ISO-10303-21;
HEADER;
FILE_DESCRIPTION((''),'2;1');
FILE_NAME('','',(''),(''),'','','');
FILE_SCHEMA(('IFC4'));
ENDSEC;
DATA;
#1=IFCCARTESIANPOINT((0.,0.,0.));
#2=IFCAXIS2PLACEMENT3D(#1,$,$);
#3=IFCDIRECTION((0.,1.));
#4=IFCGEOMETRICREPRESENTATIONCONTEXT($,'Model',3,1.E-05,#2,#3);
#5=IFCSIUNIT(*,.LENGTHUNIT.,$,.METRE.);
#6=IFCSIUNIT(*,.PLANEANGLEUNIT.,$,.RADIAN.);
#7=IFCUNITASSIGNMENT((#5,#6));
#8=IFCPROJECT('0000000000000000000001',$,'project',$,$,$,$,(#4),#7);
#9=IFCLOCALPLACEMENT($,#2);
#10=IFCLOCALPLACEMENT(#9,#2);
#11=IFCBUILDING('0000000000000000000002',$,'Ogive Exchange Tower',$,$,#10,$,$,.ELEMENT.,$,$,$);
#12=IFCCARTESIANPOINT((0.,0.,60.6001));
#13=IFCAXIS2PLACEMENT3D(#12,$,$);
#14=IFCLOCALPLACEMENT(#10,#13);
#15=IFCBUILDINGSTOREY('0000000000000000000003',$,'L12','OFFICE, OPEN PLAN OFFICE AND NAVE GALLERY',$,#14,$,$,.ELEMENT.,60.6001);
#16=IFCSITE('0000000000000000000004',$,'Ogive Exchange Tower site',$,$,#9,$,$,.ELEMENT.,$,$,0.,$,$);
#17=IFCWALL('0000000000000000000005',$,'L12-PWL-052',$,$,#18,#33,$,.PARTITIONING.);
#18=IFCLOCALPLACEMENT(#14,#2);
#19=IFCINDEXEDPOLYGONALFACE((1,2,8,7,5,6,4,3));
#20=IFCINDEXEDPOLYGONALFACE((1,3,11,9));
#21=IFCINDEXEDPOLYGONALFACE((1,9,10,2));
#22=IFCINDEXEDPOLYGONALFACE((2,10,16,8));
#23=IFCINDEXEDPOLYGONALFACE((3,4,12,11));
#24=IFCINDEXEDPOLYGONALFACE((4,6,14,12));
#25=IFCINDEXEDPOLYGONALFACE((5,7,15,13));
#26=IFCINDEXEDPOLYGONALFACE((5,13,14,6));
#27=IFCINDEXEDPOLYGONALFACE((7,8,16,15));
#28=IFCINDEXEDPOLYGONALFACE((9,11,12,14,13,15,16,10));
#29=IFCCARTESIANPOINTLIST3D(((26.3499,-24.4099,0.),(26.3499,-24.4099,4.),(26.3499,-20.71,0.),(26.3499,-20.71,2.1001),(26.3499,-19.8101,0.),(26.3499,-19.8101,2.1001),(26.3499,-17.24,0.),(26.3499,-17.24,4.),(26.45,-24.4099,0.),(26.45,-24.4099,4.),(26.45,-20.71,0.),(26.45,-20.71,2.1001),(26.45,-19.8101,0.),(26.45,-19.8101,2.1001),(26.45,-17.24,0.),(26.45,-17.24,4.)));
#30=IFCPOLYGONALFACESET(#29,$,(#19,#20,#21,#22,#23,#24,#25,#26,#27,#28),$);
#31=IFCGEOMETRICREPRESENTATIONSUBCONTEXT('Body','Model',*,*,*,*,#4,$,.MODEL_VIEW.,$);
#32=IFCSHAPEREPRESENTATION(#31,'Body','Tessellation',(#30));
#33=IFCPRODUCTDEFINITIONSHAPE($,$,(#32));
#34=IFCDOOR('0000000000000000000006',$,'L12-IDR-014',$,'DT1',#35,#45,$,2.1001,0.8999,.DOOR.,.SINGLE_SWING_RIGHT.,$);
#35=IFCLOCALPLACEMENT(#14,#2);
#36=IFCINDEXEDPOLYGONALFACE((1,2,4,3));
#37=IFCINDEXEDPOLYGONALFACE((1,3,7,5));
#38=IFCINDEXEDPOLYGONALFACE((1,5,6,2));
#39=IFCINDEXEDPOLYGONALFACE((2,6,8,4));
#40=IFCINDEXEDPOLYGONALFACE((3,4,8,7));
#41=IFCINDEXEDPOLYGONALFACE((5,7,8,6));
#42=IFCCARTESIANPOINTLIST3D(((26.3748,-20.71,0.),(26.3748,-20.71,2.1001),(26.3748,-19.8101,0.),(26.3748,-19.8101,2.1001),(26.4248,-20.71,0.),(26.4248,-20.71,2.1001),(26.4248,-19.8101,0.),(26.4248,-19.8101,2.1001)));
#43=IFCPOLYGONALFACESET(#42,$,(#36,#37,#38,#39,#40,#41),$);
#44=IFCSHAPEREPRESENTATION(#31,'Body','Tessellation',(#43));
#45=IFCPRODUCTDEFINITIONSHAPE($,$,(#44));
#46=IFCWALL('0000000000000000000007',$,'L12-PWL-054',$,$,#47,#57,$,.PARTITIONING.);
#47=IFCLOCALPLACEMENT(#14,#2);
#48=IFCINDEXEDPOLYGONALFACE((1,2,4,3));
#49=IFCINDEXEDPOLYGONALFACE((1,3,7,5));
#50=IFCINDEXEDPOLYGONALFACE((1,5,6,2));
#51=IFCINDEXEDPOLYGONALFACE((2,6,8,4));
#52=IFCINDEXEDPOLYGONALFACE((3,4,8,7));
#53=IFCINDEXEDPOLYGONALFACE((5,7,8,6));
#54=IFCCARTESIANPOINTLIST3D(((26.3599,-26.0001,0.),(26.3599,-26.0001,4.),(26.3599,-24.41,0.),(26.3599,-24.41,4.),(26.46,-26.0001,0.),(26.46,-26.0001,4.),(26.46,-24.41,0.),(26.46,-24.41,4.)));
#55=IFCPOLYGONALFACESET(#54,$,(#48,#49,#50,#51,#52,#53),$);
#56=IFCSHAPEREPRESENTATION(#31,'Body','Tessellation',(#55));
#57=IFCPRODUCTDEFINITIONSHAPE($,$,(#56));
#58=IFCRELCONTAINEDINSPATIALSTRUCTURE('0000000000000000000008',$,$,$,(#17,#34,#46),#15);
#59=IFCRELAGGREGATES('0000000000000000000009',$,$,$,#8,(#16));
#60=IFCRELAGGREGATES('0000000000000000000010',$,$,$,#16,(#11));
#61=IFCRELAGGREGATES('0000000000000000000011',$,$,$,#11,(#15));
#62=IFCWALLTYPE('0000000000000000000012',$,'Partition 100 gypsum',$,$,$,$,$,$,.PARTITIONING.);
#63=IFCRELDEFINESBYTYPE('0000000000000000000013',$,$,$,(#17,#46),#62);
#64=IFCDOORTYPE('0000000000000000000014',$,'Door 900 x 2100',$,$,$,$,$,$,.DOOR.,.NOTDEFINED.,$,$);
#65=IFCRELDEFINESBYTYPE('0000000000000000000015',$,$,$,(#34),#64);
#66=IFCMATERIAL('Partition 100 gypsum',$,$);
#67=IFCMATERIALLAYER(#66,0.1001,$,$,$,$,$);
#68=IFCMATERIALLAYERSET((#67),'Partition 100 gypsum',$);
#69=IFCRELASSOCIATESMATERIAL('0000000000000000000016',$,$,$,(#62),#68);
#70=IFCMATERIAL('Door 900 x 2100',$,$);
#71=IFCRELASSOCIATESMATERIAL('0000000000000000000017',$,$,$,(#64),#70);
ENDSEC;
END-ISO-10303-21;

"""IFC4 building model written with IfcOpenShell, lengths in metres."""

from ifc_helpers import new_model, si_unit, direction, frame, frame_2d, origin, place, context, subcontext, project, spatial, rectangle, extrude, material, layer, layer_set, type_object, element, fill, save


model = new_model("IFC4")

# Units and contexts
model_context = context("Model", 3, precision=1e-05, world=origin(), true_north=direction((0.0, 1.0)))
body_context = subcontext(model_context, "Body", "Model", "MODEL_VIEW")
ifc_project = project(units=[si_unit("LENGTHUNIT", "METRE"), si_unit("PLANEANGLEUNIT", "RADIAN")], contexts=[model_context])

# Site, building, storey
site_placement = place(None, origin())
site = spatial("IfcSite", under=ifc_project, at=site_placement, Name="Ogive Exchange Tower site", CompositionType="ELEMENT", RefElevation=0.0)
building_placement = place(site_placement, origin())
building = spatial("IfcBuilding", under=site, at=building_placement, Name="Ogive Exchange Tower", CompositionType="ELEMENT")
storey_placement = place(building_placement, frame((0.0, 0.0, 60.6001)))
storey = spatial("IfcBuildingStorey", under=building, at=storey_placement, Name="L12", Description="OFFICE, OPEN PLAN OFFICE AND NAVE GALLERY", CompositionType="ELEMENT", Elevation=60.6001)

# Wall, opening, door
ifc_material_1 = material(Name="Partition 100 gypsum")
ifc_layer_1 = layer(ifc_material_1, 0.1001)
ifc_layer_set_1 = layer_set([ifc_layer_1], Name="Partition 100 gypsum")
wall_type_1 = type_object("IfcWallType", Name="Partition 100 gypsum", PredefinedType="PARTITIONING", material=ifc_layer_set_1)
wall_1_placement = place(storey_placement, frame((26.3999, -24.4099, 0.0), z_axis=(0.0, 0.0, 1.0), x_axis=(0.0, 1.0, 0.0)))
wall_1 = element("IfcWall", 1, at=wall_1_placement, inside=storey, type_object=wall_type_1, Name="L12-PWL-052", PredefinedType="PARTITIONING", context=body_context, shape_type="SweptSolid", body=[
    extrude(rectangle(XDim=7.1699, YDim=0.1001, at=frame_2d((3.585, 0.0))), origin(), (0.0, 0.0, 1.0), 4.0),
])
opening_1_placement = place(wall_1_placement, frame((3.7, 0.0, 0.0)))
opening_1 = element("IfcOpeningElement", 2, at=opening_1_placement, cuts=wall_1, PredefinedType="OPENING", context=body_context, shape_type="SweptSolid", body=[
    extrude(rectangle(XDim=0.8999, YDim=2.1001, at=frame_2d((0.45, 1.05))), frame((0.0, 0.0601, 0.0), z_axis=(0.0, -1.0, 0.0), x_axis=(1.0, 0.0, 0.0)), (0.0, 0.0, 1.0), 0.1201),
])
ifc_material_2 = material(Name="Door 900 x 2100")
door_type_1 = type_object("IfcDoorType", Name="Door 900 x 2100", OperationType="NOTDEFINED", PredefinedType="DOOR", material=ifc_material_2)
door_1_placement = place(opening_1_placement, frame((0.8999, 0.0, 0.0), z_axis=(0.0, 0.0, 1.0), x_axis=(-1.0, 0.0, 0.0)))
door_1 = element("IfcDoor", 3, at=door_1_placement, inside=storey, type_object=door_type_1, Name="L12-IDR-014", ObjectType="DT1", OperationType="SINGLE_SWING_RIGHT", OverallHeight=2.1001, OverallWidth=0.8999, PredefinedType="DOOR", context=body_context, shape_type="SweptSolid", body=[
    extrude(rectangle(XDim=0.8999, YDim=2.1001, at=frame_2d((0.45, 1.05))), frame((0.0, 0.0249, 0.0), z_axis=(0.0, -1.0, 0.0), x_axis=(1.0, 0.0, 0.0)), (0.0, 0.0, 1.0), 0.05),
])
fill(opening_1, door_1)

# Wall
wall_2_placement = place(storey_placement, frame((26.4099, -26.0, 0.0), z_axis=(0.0, 0.0, 1.0), x_axis=(0.0, 1.0, 0.0)))
element("IfcWall", 4, at=wall_2_placement, inside=storey, type_object=wall_type_1, Name="L12-PWL-054", PredefinedType="PARTITIONING", context=body_context, shape_type="SweptSolid", body=[
    extrude(rectangle(XDim=1.5901, YDim=0.1001, at=frame_2d((0.7949, 0.0))), origin(), (0.0, 0.0, 1.0), 4.0),
])

save(model, "model.ifc")
